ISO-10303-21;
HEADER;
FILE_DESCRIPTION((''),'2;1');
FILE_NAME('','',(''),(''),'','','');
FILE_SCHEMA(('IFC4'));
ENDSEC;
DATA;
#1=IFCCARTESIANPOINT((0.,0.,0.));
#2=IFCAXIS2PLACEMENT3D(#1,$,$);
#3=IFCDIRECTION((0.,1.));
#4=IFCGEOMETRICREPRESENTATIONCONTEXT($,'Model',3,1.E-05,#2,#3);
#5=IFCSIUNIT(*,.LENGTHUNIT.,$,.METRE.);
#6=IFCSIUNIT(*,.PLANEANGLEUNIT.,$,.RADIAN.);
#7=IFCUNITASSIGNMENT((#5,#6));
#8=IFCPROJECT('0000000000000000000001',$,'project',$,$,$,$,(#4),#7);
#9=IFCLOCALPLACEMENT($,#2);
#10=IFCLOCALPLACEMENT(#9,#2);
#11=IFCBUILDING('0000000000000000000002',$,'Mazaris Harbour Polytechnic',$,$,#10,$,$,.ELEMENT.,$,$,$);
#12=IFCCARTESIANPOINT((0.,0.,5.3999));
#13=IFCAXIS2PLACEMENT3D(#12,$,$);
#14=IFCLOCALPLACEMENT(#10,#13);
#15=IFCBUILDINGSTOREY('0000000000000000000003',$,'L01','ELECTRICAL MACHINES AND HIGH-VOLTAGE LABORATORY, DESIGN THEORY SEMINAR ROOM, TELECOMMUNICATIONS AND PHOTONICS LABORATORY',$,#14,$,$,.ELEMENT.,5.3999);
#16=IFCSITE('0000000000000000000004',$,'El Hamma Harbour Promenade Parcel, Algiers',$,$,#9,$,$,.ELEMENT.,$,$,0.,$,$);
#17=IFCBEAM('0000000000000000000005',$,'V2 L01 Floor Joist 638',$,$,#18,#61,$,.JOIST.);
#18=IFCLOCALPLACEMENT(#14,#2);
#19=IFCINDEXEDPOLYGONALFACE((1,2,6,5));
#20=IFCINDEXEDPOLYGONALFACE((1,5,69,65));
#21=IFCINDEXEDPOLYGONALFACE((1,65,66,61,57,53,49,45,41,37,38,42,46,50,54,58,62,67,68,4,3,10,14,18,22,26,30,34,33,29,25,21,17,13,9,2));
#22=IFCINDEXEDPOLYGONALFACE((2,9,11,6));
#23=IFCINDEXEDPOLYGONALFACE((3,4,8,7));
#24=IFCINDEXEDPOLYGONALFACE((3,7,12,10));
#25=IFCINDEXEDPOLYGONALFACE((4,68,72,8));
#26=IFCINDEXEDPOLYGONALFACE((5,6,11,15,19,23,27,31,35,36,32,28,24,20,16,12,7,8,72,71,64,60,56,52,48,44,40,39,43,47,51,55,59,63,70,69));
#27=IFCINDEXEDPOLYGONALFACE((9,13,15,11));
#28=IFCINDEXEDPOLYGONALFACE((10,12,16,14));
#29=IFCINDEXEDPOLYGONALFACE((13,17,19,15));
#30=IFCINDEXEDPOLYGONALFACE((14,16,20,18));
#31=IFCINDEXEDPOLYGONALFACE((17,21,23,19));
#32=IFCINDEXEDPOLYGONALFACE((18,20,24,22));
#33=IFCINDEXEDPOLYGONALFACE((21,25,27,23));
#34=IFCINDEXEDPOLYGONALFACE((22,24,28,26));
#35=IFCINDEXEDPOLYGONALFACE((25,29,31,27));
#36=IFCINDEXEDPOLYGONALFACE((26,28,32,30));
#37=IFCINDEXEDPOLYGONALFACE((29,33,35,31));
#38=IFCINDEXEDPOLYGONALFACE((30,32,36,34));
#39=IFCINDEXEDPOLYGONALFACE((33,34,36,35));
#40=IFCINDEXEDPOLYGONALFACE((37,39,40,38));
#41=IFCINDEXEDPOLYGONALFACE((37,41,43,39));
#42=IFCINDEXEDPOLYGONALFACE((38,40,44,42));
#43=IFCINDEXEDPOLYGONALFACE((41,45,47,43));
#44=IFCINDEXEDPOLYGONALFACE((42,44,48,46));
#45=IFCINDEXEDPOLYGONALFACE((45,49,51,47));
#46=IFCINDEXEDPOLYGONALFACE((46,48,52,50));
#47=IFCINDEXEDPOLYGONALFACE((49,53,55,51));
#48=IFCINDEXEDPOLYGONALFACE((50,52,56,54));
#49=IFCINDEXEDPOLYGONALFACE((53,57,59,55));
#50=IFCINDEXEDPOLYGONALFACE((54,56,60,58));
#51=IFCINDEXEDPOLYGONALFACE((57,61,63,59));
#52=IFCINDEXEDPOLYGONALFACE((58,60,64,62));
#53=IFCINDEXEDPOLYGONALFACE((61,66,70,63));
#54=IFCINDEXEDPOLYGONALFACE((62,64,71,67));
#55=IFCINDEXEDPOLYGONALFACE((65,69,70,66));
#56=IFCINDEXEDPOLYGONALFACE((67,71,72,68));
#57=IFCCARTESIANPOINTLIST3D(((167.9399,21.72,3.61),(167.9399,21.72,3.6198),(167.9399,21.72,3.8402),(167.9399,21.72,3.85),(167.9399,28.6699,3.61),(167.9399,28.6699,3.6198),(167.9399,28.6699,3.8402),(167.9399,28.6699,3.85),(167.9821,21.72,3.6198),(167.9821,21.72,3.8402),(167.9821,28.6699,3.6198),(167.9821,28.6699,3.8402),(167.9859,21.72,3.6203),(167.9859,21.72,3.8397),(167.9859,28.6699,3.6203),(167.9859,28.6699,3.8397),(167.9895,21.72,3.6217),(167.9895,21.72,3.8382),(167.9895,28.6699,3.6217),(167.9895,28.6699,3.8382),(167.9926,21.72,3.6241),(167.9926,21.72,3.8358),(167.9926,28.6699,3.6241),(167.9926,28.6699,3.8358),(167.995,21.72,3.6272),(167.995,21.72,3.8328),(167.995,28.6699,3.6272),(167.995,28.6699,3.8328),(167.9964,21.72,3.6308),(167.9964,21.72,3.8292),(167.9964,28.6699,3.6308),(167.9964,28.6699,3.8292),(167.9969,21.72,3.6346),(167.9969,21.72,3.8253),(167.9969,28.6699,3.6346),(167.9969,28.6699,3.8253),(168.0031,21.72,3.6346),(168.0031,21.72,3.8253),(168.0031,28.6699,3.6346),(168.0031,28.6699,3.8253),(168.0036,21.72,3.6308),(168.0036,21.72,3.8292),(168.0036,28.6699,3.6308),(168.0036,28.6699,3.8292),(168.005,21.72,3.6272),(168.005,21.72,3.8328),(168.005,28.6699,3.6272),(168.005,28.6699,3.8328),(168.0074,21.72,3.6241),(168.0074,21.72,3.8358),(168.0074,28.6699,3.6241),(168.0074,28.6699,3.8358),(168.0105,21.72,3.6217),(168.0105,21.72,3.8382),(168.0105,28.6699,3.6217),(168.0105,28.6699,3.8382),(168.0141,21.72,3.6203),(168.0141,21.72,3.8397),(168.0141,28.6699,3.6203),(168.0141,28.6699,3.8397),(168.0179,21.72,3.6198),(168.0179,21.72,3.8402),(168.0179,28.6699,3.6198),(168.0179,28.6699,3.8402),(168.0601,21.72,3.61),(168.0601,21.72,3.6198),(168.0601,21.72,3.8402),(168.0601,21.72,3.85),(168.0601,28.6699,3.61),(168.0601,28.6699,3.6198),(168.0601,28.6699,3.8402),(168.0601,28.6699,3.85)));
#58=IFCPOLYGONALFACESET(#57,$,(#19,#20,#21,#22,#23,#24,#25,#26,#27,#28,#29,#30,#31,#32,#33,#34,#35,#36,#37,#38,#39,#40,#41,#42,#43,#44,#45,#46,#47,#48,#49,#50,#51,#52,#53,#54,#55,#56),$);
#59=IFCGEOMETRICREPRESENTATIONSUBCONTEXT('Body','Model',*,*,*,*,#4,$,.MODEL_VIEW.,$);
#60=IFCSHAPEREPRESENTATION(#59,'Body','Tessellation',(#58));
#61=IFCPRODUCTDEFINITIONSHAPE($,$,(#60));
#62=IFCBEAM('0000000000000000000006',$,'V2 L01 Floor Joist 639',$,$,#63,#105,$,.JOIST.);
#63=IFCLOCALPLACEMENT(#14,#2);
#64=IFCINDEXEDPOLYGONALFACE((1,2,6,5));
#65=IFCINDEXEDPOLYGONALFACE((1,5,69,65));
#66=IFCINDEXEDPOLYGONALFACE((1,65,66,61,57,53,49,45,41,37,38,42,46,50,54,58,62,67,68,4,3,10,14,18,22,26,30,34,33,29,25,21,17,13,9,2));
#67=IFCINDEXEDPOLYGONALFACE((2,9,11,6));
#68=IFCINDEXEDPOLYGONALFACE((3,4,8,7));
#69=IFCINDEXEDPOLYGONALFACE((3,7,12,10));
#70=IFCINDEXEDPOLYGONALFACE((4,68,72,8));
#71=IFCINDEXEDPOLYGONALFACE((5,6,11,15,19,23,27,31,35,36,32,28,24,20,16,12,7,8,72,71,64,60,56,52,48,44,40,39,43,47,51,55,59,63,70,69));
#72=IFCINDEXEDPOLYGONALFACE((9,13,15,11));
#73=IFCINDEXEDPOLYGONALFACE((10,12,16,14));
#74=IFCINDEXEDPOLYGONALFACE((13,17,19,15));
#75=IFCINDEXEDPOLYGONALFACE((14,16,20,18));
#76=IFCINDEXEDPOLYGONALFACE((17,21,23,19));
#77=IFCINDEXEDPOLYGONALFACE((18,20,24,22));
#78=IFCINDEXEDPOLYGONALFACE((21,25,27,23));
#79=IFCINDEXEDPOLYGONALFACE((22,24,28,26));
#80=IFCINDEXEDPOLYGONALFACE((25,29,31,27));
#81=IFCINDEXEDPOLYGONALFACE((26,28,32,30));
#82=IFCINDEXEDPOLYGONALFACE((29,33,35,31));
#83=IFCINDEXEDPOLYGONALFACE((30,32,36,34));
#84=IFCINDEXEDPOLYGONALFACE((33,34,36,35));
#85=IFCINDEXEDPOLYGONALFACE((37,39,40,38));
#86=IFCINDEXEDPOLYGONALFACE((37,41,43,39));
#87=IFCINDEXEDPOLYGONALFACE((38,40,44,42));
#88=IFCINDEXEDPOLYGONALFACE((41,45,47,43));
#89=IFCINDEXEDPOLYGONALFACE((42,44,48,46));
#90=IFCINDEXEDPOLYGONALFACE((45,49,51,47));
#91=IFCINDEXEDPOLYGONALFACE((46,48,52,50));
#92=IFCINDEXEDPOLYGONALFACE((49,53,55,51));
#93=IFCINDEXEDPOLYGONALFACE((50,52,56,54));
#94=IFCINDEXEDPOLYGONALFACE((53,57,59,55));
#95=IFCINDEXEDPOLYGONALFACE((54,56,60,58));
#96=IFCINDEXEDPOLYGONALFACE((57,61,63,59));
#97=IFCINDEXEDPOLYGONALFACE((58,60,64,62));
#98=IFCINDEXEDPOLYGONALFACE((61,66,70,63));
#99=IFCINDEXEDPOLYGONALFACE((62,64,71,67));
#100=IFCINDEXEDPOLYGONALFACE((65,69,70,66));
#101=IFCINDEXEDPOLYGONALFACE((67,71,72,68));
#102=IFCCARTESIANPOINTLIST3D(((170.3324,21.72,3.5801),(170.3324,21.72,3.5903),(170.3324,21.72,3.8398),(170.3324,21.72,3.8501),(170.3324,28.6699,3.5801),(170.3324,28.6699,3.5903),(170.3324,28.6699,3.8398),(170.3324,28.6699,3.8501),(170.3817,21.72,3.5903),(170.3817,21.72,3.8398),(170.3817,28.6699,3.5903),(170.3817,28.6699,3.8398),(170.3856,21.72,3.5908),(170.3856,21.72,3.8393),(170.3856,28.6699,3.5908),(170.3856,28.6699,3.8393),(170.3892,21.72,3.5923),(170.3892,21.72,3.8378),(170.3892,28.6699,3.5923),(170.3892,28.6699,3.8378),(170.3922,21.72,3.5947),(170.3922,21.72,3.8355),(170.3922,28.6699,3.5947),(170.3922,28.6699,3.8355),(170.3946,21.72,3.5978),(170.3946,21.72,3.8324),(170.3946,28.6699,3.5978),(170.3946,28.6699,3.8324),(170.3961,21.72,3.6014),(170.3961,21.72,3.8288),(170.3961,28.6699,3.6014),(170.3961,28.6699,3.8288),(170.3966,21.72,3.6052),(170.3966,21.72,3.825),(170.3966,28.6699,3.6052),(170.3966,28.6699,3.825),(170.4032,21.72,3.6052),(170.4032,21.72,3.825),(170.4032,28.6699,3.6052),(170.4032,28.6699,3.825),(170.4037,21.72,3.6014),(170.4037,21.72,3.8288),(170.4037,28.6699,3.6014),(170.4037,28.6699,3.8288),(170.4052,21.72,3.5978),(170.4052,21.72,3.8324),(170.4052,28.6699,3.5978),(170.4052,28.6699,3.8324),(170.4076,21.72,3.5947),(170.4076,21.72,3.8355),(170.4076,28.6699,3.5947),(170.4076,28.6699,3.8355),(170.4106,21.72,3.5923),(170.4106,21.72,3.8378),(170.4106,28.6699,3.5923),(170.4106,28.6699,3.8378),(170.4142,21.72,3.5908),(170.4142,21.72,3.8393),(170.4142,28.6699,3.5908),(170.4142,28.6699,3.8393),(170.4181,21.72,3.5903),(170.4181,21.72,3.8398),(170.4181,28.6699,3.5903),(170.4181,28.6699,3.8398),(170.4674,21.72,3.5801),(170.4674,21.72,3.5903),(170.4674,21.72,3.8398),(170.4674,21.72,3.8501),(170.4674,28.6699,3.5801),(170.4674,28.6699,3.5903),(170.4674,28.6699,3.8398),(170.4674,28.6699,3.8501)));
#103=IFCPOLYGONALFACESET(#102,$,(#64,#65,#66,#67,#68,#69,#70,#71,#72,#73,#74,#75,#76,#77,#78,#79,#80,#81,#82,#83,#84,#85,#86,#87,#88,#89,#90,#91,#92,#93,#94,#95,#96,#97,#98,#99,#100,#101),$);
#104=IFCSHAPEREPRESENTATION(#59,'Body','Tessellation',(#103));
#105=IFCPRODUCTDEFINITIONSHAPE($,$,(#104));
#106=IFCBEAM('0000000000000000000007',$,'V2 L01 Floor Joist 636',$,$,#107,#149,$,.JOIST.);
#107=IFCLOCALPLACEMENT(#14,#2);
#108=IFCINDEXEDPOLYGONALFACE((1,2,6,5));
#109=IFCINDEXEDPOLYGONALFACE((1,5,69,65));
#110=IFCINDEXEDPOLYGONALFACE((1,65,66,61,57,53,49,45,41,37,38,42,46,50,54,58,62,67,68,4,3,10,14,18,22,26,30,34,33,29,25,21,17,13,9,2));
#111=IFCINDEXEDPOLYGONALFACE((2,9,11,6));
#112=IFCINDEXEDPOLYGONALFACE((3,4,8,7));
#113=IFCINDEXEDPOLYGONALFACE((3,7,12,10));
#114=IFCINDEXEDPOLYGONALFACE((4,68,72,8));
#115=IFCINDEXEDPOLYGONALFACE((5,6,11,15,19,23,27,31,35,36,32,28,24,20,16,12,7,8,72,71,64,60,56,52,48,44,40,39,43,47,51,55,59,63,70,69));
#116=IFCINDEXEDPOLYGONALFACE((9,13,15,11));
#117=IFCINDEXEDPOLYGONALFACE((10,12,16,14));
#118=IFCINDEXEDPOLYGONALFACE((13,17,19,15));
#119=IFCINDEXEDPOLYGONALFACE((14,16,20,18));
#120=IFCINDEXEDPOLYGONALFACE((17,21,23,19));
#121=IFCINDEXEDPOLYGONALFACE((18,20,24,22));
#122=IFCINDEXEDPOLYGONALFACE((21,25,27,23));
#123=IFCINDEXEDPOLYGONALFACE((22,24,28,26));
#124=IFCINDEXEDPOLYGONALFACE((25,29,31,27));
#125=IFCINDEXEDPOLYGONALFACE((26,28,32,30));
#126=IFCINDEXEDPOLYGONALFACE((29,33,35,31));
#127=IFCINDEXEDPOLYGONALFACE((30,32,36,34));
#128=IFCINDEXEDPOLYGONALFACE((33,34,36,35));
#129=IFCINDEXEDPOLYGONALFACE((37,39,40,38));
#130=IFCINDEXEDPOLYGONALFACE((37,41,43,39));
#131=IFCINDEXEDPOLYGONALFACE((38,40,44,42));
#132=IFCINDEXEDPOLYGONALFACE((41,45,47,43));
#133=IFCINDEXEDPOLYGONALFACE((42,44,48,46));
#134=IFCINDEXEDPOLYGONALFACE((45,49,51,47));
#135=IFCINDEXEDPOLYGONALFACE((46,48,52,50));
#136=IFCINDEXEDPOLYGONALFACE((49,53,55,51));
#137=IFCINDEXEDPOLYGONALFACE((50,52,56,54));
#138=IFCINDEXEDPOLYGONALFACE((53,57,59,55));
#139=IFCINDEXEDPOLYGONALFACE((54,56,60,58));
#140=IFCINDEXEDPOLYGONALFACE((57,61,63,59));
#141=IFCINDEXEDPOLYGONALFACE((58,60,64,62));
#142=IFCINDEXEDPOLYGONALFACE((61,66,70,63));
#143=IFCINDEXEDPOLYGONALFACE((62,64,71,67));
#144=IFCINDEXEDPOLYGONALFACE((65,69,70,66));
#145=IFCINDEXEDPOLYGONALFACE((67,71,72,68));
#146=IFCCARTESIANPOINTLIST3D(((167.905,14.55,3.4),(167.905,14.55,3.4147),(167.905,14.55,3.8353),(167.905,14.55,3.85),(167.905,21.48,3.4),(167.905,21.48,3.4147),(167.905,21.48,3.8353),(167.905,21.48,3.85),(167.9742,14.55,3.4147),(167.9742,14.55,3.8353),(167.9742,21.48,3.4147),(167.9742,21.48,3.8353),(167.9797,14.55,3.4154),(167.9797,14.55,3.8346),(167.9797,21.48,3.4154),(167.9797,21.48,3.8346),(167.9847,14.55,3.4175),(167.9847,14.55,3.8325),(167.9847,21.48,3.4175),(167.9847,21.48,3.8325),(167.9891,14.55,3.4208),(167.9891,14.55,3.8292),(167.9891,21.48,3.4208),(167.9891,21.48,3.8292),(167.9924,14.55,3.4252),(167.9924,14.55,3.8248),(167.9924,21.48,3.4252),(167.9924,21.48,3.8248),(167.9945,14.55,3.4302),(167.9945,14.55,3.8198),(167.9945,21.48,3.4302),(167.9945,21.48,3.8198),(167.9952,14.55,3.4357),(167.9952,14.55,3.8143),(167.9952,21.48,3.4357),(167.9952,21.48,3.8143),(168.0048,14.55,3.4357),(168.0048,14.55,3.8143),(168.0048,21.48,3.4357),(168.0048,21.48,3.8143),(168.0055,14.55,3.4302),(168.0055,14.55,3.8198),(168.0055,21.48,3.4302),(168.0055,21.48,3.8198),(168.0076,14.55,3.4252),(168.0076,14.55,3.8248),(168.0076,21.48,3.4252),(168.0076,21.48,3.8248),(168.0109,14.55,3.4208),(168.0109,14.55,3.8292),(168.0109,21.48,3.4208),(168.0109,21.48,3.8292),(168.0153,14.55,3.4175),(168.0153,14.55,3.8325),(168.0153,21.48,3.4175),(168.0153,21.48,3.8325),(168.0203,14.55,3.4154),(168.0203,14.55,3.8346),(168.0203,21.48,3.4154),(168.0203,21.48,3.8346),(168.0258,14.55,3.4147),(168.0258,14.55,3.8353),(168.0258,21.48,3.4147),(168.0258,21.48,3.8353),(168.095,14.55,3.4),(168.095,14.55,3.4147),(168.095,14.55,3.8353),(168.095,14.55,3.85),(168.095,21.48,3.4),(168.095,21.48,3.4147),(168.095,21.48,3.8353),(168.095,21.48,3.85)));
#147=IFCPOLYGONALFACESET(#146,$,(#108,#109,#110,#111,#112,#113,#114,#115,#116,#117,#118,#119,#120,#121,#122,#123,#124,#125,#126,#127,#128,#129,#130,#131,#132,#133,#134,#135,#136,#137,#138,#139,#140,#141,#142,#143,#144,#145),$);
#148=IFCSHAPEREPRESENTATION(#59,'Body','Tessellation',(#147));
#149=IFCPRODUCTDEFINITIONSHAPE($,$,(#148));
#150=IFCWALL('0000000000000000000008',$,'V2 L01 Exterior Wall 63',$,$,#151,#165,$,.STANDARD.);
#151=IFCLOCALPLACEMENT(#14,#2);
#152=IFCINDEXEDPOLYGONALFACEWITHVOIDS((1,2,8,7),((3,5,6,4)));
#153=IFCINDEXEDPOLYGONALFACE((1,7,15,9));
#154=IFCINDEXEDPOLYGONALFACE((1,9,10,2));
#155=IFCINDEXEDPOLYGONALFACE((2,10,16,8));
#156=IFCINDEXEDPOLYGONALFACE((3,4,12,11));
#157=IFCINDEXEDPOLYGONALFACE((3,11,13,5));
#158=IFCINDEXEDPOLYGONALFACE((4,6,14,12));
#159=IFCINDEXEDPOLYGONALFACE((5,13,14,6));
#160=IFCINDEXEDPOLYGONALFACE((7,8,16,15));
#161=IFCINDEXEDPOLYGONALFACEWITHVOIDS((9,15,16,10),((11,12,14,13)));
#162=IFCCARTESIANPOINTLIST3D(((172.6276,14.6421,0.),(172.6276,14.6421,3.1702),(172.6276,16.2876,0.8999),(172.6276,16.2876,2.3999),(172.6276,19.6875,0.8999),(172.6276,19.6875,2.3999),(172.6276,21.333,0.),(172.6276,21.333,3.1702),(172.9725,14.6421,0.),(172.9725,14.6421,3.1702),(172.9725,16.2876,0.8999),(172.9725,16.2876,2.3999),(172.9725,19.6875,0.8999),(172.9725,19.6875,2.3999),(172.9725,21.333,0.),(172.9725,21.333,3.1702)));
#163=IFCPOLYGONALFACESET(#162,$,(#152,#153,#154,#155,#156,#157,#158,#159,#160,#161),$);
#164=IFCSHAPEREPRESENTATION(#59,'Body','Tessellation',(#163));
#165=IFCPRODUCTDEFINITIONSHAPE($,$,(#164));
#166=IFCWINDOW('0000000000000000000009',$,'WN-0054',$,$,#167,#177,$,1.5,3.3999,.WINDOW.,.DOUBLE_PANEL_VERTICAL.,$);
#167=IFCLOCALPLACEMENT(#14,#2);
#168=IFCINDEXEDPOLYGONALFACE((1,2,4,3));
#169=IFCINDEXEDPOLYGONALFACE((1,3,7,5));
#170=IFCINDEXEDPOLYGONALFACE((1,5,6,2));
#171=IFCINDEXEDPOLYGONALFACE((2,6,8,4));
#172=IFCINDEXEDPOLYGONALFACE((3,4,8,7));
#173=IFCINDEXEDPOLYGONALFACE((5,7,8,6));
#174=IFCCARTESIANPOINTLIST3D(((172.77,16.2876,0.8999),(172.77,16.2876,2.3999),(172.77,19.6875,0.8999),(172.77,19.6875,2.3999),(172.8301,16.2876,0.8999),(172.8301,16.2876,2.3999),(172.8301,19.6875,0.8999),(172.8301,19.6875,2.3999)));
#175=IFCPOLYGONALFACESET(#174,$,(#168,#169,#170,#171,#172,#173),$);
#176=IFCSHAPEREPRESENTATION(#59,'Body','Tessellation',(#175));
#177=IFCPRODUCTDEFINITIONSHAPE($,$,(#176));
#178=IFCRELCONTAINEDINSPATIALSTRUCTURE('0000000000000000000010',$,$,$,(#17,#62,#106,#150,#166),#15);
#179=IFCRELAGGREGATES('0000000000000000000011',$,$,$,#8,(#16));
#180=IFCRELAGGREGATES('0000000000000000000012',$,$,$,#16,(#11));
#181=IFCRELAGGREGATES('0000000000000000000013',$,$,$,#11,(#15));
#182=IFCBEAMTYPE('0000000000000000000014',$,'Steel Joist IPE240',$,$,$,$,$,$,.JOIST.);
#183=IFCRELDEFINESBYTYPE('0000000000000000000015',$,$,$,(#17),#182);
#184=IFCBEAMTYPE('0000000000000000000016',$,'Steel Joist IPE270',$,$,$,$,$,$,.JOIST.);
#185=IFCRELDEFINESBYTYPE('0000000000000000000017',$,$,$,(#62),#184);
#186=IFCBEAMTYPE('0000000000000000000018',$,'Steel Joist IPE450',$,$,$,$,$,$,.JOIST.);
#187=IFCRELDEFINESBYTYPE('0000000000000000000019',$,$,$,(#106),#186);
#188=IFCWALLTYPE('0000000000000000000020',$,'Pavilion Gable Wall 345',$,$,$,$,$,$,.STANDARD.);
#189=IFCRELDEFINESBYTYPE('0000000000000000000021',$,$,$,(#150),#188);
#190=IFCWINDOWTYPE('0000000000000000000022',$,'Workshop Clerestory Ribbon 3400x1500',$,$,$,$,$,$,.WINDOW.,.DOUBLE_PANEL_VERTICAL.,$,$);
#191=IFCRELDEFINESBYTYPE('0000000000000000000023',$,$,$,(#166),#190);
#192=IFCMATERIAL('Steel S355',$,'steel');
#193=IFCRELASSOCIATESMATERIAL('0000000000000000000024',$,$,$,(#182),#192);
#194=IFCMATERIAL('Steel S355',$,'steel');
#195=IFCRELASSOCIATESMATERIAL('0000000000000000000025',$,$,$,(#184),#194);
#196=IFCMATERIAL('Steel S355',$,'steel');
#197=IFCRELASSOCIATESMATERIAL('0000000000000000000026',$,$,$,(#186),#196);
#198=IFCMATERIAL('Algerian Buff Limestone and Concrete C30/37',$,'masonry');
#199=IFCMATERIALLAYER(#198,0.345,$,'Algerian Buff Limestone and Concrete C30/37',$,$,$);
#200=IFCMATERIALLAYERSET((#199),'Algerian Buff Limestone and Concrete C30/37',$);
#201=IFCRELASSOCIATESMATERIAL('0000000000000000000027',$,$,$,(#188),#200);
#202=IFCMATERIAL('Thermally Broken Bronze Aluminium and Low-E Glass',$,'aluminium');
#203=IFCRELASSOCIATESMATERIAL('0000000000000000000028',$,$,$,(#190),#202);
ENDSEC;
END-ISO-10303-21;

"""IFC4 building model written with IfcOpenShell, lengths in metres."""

from ifc_helpers import new_model, si_unit, direction, frame, frame_2d, origin, origin_2d, place, context, subcontext, project, spatial, rectangle, i_section, extrude, material, layer, layer_set, material_profile, profile_set, type_object, element, fill, save


model = new_model("IFC4")

# Units and contexts
model_context = context("Model", 3, precision=1e-05, world=origin(), true_north=direction((0.0, 1.0)))
body_context = subcontext(model_context, "Body", "Model", "MODEL_VIEW")
ifc_project = project(units=[si_unit("LENGTHUNIT", "METRE"), si_unit("PLANEANGLEUNIT", "RADIAN")], contexts=[model_context])

# Site, building, storey
site_placement = place(None, origin())
site = spatial("IfcSite", under=ifc_project, at=site_placement, Name="El Hamma Harbour Promenade Parcel, Algiers", CompositionType="ELEMENT", RefElevation=0.0)
building_placement = place(site_placement, origin())
building = spatial("IfcBuilding", under=site, at=building_placement, Name="Mazaris Harbour Polytechnic", CompositionType="ELEMENT")
storey_placement = place(building_placement, frame((0.0, 0.0, 5.3999)))
storey = spatial("IfcBuildingStorey", under=building, at=storey_placement, Name="L01", Description="ELECTRICAL MACHINES AND HIGH-VOLTAGE LABORATORY, DESIGN THEORY SEMINAR ROOM, TELECOMMUNICATIONS AND PHOTONICS LABORATORY", CompositionType="ELEMENT", Elevation=5.3999)

# Beams
ifc_material_1 = material(Name="Steel S355", Category="steel")
ifc_material_profile_1 = material_profile(ifc_material_1, i_section(OverallWidth=0.1201, OverallDepth=0.24, WebThickness=0.0061, FlangeThickness=0.0098, FilletRadius=0.0149, at=origin_2d()), Name="IPE 240")
ifc_profile_set_1 = profile_set([ifc_material_profile_1], Name="Steel S355")
beam_type_1 = type_object("IfcBeamType", Name="Steel Joist IPE240", PredefinedType="JOIST", material=ifc_profile_set_1)
beam_1_placement = place(storey_placement, frame((168.0, 21.72, 3.73), z_axis=(0.0, 1.0, 0.0), x_axis=(-1.0, 0.0, 0.0)))
element("IfcBeam", 1, at=beam_1_placement, inside=storey, type_object=beam_type_1, Name="V2 L01 Floor Joist 638", PredefinedType="JOIST", context=body_context, shape_type="SweptSolid", body=[
    extrude(i_section(OverallWidth=0.1201, OverallDepth=0.24, WebThickness=0.0061, FlangeThickness=0.0098, FilletRadius=0.0149, at=origin_2d()), origin(), (0.0, 0.0, 1.0), 6.95),
])
ifc_material_2 = material(Name="Steel S355", Category="steel")
ifc_material_profile_2 = material_profile(ifc_material_2, i_section(OverallWidth=0.135, OverallDepth=0.27, WebThickness=0.0066, FlangeThickness=0.0103, FilletRadius=0.0149, at=origin_2d()), Name="IPE 270")
ifc_profile_set_2 = profile_set([ifc_material_profile_2], Name="Steel S355")
beam_type_2 = type_object("IfcBeamType", Name="Steel Joist IPE270", PredefinedType="JOIST", material=ifc_profile_set_2)
beam_2_placement = place(storey_placement, frame((170.3999, 21.72, 3.7151), z_axis=(0.0, 1.0, 0.0), x_axis=(-1.0, 0.0, 0.0)))
element("IfcBeam", 2, at=beam_2_placement, inside=storey, type_object=beam_type_2, Name="V2 L01 Floor Joist 639", PredefinedType="JOIST", context=body_context, shape_type="SweptSolid", body=[
    extrude(i_section(OverallWidth=0.135, OverallDepth=0.27, WebThickness=0.0066, FlangeThickness=0.0103, FilletRadius=0.0149, at=origin_2d()), origin(), (0.0, 0.0, 1.0), 6.95),
])
ifc_material_3 = material(Name="Steel S355", Category="steel")
ifc_material_profile_3 = material_profile(ifc_material_3, i_section(OverallWidth=0.1899, OverallDepth=0.45, WebThickness=0.0095, FlangeThickness=0.0146, FilletRadius=0.021, at=origin_2d()), Name="IPE 450")
ifc_profile_set_3 = profile_set([ifc_material_profile_3], Name="Steel S355")
beam_type_3 = type_object("IfcBeamType", Name="Steel Joist IPE450", PredefinedType="JOIST", material=ifc_profile_set_3)
beam_3_placement = place(storey_placement, frame((168.0, 14.55, 3.625), z_axis=(0.0, 1.0, 0.0), x_axis=(-1.0, 0.0, 0.0)))
element("IfcBeam", 3, at=beam_3_placement, inside=storey, type_object=beam_type_3, Name="V2 L01 Floor Joist 636", PredefinedType="JOIST", context=body_context, shape_type="SweptSolid", body=[
    extrude(i_section(OverallWidth=0.1899, OverallDepth=0.45, WebThickness=0.0095, FlangeThickness=0.0146, FilletRadius=0.021, at=origin_2d()), origin(), (0.0, 0.0, 1.0), 6.9299),
])

# Wall, opening, window
ifc_material_4 = material(Name="Algerian Buff Limestone and Concrete C30/37", Category="masonry")
ifc_layer = layer(ifc_material_4, 0.345, Name="Algerian Buff Limestone and Concrete C30/37")
ifc_layer_set = layer_set([ifc_layer], Name="Algerian Buff Limestone and Concrete C30/37")
wall_type = type_object("IfcWallType", Name="Pavilion Gable Wall 345", PredefinedType="STANDARD", material=ifc_layer_set)
wall_placement = place(storey_placement, frame((172.8, 21.333, 0.0), z_axis=(0.0, 0.0, 1.0), x_axis=(0.0, -1.0, 0.0)))
wall = element("IfcWall", 4, at=wall_placement, inside=storey, type_object=wall_type, Name="V2 L01 Exterior Wall 63", PredefinedType="STANDARD", context=body_context, shape_type="SweptSolid", body=[
    extrude(rectangle(XDim=6.6909, YDim=0.345, at=frame_2d((3.3455, 0.0))), origin(), (0.0, 0.0, 1.0), 3.1702),
])
opening_placement = place(wall_placement, frame((1.6455, 0.0, 0.8999)))
opening = element("IfcOpeningElement", 5, at=opening_placement, cuts=wall, PredefinedType="OPENING", context=body_context, shape_type="SweptSolid", body=[
    extrude(rectangle(XDim=3.3999, YDim=1.5, at=frame_2d((1.7, 0.75))), frame((0.0, 0.1824, 0.0), z_axis=(0.0, -1.0, 0.0), x_axis=(1.0, 0.0, 0.0)), (0.0, 0.0, 1.0), 0.365),
])
ifc_material_5 = material(Name="Thermally Broken Bronze Aluminium and Low-E Glass", Category="aluminium")
window_type = type_object("IfcWindowType", Name="Workshop Clerestory Ribbon 3400x1500", PartitioningType="DOUBLE_PANEL_VERTICAL", PredefinedType="WINDOW", material=ifc_material_5)
window_placement = place(opening_placement, origin())
window = element("IfcWindow", 6, at=window_placement, inside=storey, type_object=window_type, Name="WN-0054", OverallHeight=1.5, OverallWidth=3.3999, PartitioningType="DOUBLE_PANEL_VERTICAL", PredefinedType="WINDOW", context=body_context, shape_type="SweptSolid", body=[
    extrude(rectangle(XDim=3.3999, YDim=1.5, at=frame_2d((1.7, 0.75))), frame((0.0, 0.03, 0.0), z_axis=(0.0, -1.0, 0.0), x_axis=(1.0, 0.0, 0.0)), (0.0, 0.0, 1.0), 0.0601),
])
fill(opening, window)

save(model, "model.ifc")
